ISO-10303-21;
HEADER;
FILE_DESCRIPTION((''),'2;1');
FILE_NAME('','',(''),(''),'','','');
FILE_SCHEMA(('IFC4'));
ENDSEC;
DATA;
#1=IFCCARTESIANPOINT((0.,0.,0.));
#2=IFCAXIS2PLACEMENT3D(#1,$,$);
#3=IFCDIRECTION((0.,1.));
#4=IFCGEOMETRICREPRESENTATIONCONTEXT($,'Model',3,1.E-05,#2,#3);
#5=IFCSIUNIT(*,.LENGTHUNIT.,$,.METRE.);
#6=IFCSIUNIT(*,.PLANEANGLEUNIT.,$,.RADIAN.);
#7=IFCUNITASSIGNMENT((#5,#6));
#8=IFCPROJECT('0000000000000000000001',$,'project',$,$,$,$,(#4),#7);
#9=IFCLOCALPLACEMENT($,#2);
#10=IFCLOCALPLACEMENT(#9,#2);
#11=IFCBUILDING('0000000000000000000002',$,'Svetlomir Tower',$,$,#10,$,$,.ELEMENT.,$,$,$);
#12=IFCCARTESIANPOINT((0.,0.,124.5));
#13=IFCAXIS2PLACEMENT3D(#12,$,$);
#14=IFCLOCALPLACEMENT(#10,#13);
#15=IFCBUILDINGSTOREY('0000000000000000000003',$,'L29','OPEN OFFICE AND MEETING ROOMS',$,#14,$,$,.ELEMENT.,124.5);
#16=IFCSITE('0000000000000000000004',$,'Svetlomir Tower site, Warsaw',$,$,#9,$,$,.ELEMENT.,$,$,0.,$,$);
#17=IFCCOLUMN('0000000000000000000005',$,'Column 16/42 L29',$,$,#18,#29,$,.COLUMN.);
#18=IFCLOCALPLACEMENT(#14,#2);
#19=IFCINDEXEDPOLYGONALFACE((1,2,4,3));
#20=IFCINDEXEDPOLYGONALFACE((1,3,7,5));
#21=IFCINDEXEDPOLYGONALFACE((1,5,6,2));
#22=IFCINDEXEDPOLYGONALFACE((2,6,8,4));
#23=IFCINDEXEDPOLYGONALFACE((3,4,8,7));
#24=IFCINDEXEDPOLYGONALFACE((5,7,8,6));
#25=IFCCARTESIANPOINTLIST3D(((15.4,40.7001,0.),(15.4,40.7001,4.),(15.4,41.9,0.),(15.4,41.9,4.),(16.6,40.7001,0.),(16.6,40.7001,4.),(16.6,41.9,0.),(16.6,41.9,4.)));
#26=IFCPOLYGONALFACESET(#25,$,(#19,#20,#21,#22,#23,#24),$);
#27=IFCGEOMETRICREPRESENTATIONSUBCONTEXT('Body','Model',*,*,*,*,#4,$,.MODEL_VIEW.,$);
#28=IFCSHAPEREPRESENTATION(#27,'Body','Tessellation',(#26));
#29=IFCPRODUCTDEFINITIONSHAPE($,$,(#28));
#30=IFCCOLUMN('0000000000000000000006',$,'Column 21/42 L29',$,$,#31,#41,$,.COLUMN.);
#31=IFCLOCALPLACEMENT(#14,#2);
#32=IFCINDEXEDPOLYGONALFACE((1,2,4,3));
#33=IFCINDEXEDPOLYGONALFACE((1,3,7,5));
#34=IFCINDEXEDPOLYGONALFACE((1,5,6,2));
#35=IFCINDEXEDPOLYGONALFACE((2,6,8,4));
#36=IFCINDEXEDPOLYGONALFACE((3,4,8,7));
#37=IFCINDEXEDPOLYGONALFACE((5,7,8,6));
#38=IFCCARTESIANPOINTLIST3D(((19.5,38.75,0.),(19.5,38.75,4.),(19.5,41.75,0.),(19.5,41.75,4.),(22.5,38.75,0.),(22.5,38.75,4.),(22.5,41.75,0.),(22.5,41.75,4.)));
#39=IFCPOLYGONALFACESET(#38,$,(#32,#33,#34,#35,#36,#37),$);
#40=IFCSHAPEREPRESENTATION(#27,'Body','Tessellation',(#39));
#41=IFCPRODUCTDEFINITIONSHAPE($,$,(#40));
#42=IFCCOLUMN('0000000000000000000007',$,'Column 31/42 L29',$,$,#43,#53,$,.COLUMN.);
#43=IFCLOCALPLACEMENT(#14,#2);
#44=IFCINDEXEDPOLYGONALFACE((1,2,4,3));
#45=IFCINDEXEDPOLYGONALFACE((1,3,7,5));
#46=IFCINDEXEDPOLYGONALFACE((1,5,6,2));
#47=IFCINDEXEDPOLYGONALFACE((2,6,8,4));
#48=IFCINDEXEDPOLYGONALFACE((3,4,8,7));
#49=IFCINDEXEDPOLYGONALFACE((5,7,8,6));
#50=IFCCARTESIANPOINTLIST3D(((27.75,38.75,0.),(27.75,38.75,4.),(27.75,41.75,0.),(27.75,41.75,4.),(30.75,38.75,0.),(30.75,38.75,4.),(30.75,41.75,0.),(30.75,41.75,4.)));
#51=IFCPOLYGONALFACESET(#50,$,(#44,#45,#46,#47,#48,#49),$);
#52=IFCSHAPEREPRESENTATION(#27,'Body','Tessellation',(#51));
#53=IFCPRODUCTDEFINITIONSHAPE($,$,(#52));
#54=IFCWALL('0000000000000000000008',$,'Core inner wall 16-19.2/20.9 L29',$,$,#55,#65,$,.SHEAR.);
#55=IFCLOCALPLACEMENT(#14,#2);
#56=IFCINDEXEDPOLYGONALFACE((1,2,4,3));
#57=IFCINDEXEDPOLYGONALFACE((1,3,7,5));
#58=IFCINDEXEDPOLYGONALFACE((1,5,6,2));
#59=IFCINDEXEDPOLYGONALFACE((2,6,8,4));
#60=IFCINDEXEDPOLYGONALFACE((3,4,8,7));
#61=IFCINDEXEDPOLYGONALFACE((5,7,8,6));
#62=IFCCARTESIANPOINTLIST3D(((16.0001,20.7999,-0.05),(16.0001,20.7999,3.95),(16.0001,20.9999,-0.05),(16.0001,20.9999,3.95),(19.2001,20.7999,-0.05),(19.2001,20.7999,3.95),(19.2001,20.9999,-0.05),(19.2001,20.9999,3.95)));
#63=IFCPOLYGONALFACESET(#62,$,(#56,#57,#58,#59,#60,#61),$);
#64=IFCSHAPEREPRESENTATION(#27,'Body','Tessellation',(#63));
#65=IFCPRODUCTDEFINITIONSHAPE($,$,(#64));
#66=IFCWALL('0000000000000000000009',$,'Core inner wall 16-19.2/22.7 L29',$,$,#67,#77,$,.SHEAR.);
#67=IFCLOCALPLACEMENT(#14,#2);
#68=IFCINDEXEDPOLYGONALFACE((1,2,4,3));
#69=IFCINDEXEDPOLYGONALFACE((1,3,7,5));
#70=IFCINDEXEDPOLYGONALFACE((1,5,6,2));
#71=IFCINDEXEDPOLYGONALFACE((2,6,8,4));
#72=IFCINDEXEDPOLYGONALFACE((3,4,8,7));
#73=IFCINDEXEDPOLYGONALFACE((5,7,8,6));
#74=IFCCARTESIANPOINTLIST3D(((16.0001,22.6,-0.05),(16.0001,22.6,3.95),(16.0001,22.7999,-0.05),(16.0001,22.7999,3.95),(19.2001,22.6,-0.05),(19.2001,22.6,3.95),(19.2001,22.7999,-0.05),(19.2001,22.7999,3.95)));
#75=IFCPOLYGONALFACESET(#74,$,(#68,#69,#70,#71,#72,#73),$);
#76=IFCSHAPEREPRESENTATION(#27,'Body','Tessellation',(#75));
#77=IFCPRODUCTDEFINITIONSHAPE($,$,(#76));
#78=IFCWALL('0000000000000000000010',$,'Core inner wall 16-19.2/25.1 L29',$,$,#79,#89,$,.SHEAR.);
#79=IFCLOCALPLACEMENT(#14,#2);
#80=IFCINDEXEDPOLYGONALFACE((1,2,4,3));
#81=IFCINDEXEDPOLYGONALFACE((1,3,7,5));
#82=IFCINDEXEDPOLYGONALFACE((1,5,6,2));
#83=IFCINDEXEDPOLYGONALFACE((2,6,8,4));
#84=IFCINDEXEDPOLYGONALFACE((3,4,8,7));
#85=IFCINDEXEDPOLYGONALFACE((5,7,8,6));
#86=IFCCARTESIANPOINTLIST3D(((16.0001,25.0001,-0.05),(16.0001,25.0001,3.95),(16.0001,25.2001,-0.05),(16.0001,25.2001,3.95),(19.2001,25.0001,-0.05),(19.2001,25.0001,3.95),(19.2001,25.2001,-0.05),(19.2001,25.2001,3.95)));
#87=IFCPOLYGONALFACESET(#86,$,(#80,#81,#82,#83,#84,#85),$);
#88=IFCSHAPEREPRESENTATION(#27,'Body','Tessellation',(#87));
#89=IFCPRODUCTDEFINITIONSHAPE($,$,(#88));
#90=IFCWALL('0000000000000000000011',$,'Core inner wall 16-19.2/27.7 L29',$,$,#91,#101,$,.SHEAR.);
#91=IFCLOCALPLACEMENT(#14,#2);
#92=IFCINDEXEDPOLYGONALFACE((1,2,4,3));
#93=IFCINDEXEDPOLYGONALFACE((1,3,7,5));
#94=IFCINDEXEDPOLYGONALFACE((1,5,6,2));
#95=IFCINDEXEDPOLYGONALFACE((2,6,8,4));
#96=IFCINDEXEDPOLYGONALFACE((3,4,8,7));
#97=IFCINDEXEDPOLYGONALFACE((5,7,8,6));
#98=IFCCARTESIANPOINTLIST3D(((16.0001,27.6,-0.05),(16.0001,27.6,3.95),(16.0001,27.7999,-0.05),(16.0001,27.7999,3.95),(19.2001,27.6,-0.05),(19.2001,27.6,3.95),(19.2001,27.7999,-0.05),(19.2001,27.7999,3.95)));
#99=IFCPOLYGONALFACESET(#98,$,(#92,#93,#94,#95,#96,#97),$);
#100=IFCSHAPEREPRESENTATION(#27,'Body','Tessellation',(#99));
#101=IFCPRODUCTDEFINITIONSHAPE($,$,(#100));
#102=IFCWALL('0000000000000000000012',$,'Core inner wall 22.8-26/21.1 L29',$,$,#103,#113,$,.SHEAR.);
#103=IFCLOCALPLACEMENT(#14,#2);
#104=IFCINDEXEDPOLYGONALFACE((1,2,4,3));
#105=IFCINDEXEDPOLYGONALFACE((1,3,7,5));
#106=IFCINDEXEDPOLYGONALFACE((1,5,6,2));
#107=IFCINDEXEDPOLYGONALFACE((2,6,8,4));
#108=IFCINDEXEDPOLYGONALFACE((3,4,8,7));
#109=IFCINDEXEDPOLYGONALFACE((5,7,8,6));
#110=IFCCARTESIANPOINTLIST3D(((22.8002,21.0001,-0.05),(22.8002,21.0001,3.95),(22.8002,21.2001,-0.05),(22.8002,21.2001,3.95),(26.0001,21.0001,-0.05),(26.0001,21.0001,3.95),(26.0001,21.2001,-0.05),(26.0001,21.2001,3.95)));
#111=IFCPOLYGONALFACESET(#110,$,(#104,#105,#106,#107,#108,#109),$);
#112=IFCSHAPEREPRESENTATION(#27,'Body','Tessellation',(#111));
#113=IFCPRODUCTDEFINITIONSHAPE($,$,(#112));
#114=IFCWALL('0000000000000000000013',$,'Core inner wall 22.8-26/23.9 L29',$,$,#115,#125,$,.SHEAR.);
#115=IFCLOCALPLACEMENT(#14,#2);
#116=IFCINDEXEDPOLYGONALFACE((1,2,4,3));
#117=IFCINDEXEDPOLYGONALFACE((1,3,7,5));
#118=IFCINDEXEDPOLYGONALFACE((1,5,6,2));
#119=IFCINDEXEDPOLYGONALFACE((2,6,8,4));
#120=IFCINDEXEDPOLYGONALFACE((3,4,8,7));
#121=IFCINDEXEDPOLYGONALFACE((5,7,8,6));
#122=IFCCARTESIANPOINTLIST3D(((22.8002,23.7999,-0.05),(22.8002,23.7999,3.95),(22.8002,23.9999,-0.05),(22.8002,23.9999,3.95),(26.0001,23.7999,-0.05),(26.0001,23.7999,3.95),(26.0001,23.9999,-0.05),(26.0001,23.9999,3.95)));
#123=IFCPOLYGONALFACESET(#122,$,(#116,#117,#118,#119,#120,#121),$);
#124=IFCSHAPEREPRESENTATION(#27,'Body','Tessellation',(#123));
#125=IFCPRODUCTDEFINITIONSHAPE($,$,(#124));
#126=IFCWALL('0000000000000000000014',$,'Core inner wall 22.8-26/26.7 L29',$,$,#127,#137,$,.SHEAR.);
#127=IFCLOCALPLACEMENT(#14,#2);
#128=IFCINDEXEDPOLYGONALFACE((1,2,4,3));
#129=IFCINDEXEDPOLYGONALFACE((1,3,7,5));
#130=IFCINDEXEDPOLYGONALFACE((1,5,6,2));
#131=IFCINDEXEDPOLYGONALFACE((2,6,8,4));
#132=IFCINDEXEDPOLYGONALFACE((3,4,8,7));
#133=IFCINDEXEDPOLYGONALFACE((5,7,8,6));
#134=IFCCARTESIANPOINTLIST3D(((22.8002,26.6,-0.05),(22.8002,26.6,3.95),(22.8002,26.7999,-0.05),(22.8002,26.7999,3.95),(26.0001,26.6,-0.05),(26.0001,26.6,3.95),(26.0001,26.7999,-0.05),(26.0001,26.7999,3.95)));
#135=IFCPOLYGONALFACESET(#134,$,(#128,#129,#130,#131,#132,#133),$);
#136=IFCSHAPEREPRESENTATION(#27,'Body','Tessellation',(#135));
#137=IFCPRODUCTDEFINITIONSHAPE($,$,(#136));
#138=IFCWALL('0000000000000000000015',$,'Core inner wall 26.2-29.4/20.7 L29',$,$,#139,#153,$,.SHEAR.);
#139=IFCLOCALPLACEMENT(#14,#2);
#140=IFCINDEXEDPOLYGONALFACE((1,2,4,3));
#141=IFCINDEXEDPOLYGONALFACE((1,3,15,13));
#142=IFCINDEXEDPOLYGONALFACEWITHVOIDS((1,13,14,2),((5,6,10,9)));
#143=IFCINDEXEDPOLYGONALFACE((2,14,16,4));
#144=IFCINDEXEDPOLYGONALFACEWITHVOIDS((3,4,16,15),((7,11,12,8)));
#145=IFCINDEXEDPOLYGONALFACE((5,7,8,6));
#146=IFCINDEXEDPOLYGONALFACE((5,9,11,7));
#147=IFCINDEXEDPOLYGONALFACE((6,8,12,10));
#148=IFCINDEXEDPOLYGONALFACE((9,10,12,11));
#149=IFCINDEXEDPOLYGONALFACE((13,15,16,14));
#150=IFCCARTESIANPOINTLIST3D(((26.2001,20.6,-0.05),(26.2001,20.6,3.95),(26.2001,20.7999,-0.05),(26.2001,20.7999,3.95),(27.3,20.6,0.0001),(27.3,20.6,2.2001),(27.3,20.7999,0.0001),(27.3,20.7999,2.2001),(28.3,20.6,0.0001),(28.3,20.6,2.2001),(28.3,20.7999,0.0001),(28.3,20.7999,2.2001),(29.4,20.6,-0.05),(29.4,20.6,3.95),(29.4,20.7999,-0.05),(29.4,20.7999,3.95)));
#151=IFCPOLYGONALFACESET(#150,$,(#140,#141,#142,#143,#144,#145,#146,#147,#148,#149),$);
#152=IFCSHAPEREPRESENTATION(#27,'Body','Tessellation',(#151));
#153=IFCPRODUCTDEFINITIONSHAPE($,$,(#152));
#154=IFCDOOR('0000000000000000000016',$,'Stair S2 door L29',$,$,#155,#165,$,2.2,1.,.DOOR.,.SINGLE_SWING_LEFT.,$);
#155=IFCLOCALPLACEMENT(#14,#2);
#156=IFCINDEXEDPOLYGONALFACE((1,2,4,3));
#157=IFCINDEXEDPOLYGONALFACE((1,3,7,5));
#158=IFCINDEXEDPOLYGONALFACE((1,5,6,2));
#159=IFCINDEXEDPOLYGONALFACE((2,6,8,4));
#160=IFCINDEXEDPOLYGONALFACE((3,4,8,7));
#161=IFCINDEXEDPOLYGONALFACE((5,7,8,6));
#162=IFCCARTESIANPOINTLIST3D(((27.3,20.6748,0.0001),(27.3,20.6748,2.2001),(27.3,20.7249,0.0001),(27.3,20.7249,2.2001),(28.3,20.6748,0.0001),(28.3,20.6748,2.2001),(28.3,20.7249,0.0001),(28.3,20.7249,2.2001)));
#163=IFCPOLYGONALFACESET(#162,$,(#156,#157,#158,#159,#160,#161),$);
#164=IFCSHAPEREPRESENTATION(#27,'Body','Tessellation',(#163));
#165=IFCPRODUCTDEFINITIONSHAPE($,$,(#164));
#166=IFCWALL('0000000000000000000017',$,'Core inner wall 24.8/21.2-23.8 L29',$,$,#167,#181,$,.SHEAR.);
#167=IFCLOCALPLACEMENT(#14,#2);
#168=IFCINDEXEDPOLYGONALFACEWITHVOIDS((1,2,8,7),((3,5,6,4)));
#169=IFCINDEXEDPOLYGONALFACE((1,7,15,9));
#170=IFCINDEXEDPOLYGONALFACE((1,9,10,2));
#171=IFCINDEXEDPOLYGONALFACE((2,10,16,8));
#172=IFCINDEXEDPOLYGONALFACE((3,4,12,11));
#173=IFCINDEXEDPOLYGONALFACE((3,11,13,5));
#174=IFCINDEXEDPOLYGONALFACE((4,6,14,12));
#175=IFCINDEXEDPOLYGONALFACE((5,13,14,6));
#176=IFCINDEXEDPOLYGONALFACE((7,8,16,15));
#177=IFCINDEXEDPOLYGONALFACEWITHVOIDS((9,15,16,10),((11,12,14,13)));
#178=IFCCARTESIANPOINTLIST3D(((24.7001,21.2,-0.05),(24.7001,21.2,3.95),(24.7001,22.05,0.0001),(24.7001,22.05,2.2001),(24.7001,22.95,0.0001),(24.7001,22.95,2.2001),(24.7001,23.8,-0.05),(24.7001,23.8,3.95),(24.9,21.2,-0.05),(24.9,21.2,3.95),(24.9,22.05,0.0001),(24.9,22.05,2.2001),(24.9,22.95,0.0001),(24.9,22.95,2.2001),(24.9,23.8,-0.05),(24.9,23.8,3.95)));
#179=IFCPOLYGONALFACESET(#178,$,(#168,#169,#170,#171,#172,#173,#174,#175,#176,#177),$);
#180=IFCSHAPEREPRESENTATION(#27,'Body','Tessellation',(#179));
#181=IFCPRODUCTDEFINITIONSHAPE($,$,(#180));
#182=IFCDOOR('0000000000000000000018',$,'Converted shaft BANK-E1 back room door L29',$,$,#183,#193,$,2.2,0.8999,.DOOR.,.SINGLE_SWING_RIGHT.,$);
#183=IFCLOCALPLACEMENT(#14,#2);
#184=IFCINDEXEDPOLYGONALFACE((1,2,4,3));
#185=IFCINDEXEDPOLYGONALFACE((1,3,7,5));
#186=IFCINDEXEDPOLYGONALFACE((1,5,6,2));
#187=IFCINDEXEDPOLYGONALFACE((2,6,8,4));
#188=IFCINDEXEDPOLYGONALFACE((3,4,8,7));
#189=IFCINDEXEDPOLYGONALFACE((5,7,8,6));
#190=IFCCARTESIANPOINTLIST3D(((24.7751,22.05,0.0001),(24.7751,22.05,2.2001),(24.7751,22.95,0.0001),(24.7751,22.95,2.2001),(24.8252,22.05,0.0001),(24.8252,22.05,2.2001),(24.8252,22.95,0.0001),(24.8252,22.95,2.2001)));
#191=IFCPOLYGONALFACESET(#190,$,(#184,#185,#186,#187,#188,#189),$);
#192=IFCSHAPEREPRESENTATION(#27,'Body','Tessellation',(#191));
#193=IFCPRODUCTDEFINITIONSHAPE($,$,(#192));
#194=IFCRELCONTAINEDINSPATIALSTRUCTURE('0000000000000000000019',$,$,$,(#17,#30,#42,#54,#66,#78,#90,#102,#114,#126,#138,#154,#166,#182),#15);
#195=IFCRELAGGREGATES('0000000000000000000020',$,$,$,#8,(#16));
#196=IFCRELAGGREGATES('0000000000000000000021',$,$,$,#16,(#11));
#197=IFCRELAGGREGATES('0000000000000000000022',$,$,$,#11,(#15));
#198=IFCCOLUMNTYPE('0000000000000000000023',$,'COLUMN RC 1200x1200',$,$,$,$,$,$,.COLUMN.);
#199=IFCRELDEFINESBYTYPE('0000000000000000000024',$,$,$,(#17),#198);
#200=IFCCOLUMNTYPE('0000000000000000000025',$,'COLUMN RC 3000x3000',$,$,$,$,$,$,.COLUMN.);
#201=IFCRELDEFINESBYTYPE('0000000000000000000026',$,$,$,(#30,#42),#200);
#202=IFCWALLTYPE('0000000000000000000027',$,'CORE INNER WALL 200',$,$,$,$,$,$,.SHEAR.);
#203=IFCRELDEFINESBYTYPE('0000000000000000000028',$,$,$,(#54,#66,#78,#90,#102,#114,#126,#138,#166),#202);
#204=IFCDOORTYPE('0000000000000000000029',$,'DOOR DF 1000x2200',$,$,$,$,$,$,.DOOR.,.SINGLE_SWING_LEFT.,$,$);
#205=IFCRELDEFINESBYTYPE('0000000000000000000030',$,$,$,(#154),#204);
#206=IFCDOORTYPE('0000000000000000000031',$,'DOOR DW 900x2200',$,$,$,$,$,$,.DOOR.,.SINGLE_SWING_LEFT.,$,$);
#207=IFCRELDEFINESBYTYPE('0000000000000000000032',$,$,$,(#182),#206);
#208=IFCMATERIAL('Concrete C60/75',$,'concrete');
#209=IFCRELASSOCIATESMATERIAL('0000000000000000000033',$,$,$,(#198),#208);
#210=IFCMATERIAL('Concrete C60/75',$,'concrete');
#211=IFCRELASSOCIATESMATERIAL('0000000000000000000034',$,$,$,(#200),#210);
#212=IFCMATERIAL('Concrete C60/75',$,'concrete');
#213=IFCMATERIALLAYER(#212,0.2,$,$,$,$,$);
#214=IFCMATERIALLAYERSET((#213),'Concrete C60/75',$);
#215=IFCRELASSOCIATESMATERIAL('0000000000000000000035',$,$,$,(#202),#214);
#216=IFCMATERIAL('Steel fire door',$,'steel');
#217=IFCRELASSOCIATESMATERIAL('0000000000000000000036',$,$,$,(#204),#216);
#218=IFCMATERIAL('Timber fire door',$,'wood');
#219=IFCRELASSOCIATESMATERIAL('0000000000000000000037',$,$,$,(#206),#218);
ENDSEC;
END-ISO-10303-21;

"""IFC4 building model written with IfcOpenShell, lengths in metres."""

from ifc_helpers import new_model, si_unit, direction, frame, frame_2d, origin, origin_2d, place, context, subcontext, project, spatial, rectangle, extrude, material, layer, layer_set, material_profile, profile_set, type_object, element, fill, save


model = new_model("IFC4")

# Units and contexts
model_context = context("Model", 3, precision=1e-05, world=origin(), true_north=direction((0.0, 1.0)))
body_context = subcontext(model_context, "Body", "Model", "MODEL_VIEW")
ifc_project = project(units=[si_unit("LENGTHUNIT", "METRE"), si_unit("PLANEANGLEUNIT", "RADIAN")], contexts=[model_context])

# Site, building, storey
site_placement = place(None, origin())
site = spatial("IfcSite", under=ifc_project, at=site_placement, Name="Svetlomir Tower site, Warsaw", CompositionType="ELEMENT", RefElevation=0.0)
building_placement = place(site_placement, origin())
building = spatial("IfcBuilding", under=site, at=building_placement, Name="Svetlomir Tower", CompositionType="ELEMENT")
storey_placement = place(building_placement, frame((0.0, 0.0, 124.5)))
storey = spatial("IfcBuildingStorey", under=building, at=storey_placement, Name="L29", Description="OPEN OFFICE AND MEETING ROOMS", CompositionType="ELEMENT", Elevation=124.5)

# Columns
ifc_material_1 = material(Name="Concrete C60/75", Category="concrete")
ifc_material_profile_1 = material_profile(ifc_material_1, rectangle(XDim=1.2, YDim=1.2, at=origin_2d()), Name="RC 1200x1200")
ifc_profile_set_1 = profile_set([ifc_material_profile_1], Name="Concrete C60/75")
column_type_1 = type_object("IfcColumnType", Name="COLUMN RC 1200x1200", PredefinedType="COLUMN", material=ifc_profile_set_1)
column_placement = place(storey_placement, frame((16.0, 41.3, 0.0), z_axis=(0.0, 0.0, 1.0), x_axis=(1.0, 0.0, 0.0)))
element("IfcColumn", 1, at=column_placement, inside=storey, type_object=column_type_1, Name="Column 16/42 L29", PredefinedType="COLUMN", context=body_context, shape_type="SweptSolid", body=[
    extrude(rectangle(XDim=1.2, YDim=1.2, at=origin_2d()), origin(), (0.0, 0.0, 1.0), 4.0),
])
ifc_material_2 = material(Name="Concrete C60/75", Category="concrete")
ifc_material_profile_2 = material_profile(ifc_material_2, rectangle(XDim=3.0, YDim=3.0, at=origin_2d()), Name="RC 3000x3000")
ifc_profile_set_2 = profile_set([ifc_material_profile_2], Name="Concrete C60/75")
column_type_2 = type_object("IfcColumnType", Name="COLUMN RC 3000x3000", PredefinedType="COLUMN", material=ifc_profile_set_2)
for number, where, z_axis, x_axis, name in (
    (2, (21.0, 40.25, 0.0), (0.0, 0.0, 1.0), (1.0, 0.0, 0.0), "Column 21/42 L29"),
    (3, (29.25, 40.25, 0.0), (0.0, 0.0, 1.0), (1.0, 0.0, 0.0), "Column 31/42 L29"),
):
    element("IfcColumn", number, at=place(storey_placement, frame(where, z_axis=z_axis, x_axis=x_axis)), inside=storey, type_object=column_type_2, Name=name, PredefinedType="COLUMN", context=body_context, shape_type="SweptSolid", body=[
        extrude(rectangle(XDim=3.0, YDim=3.0, at=origin_2d()), origin(), (0.0, 0.0, 1.0), 4.0),
    ])

# Walls
ifc_material_3 = material(Name="Concrete C60/75", Category="concrete")
ifc_layer_1 = layer(ifc_material_3, 0.2)
ifc_layer_set_1 = layer_set([ifc_layer_1], Name="Concrete C60/75")
wall_type_1 = type_object("IfcWallType", Name="CORE INNER WALL 200", PredefinedType="SHEAR", material=ifc_layer_set_1)
for number, where, z_axis, x_axis, name in (
    (4, (16.0, 20.8999, -0.05), (0.0, 0.0, 1.0), (1.0, 0.0, 0.0), "Core inner wall 16-19.2/20.9 L29"),
    (5, (16.0, 22.7, -0.05), (0.0, 0.0, 1.0), (1.0, 0.0, 0.0), "Core inner wall 16-19.2/22.7 L29"),
    (6, (16.0, 25.1001, -0.05), (0.0, 0.0, 1.0), (1.0, 0.0, 0.0), "Core inner wall 16-19.2/25.1 L29"),
    (7, (16.0, 27.7, -0.05), (0.0, 0.0, 1.0), (1.0, 0.0, 0.0), "Core inner wall 16-19.2/27.7 L29"),
    (8, (22.8, 21.1001, -0.05), (0.0, 0.0, 1.0), (1.0, 0.0, 0.0), "Core inner wall 22.8-26/21.1 L29"),
    (9, (22.8, 23.8999, -0.05), (0.0, 0.0, 1.0), (1.0, 0.0, 0.0), "Core inner wall 22.8-26/23.9 L29"),
    (10, (22.8, 26.7, -0.05), (0.0, 0.0, 1.0), (1.0, 0.0, 0.0), "Core inner wall 22.8-26/26.7 L29"),
):
    element("IfcWall", number, at=place(storey_placement, frame(where, z_axis=z_axis, x_axis=x_axis)), inside=storey, type_object=wall_type_1, Name=name, PredefinedType="SHEAR", context=body_context, shape_type="SweptSolid", body=[
        extrude(rectangle(XDim=3.2, YDim=0.2, at=frame_2d((1.6001, 0.0))), origin(), (0.0, 0.0, 1.0), 4.0),
    ])

# Walls, openings, doors
wall_1_placement = place(storey_placement, frame((26.2, 20.7, -0.05), z_axis=(0.0, 0.0, 1.0), x_axis=(1.0, 0.0, 0.0)))
wall_1 = element("IfcWall", 11, at=wall_1_placement, inside=storey, type_object=wall_type_1, Name="Core inner wall 26.2-29.4/20.7 L29", PredefinedType="SHEAR", context=body_context, shape_type="SweptSolid", body=[
    extrude(rectangle(XDim=3.2, YDim=0.2, at=frame_2d((1.6001, 0.0))), origin(), (0.0, 0.0, 1.0), 4.0),
])
opening_1_placement = place(wall_1_placement, frame((1.1001, 0.0, 0.05)))
opening_1 = element("IfcOpeningElement", 12, at=opening_1_placement, cuts=wall_1, PredefinedType="OPENING", context=body_context, shape_type="SweptSolid", body=[
    extrude(rectangle(XDim=1.0, YDim=2.2, at=frame_2d((0.5, 1.1001))), frame((0.0, 0.1099, 0.0), z_axis=(0.0, -1.0, 0.0), x_axis=(1.0, 0.0, 0.0)), (0.0, 0.0, 1.0), 0.22),
])
ifc_material_4 = material(Name="Steel fire door", Category="steel")
door_type_1 = type_object("IfcDoorType", Name="DOOR DF 1000x2200", OperationType="SINGLE_SWING_LEFT", PredefinedType="DOOR", material=ifc_material_4)
door_1_placement = place(opening_1_placement, origin())
door_1 = element("IfcDoor", 13, at=door_1_placement, inside=storey, type_object=door_type_1, Name="Stair S2 door L29", OperationType="SINGLE_SWING_LEFT", OverallHeight=2.2, OverallWidth=1.0, PredefinedType="DOOR", context=body_context, shape_type="SweptSolid", body=[
    extrude(rectangle(XDim=1.0, YDim=2.2, at=frame_2d((0.5, 1.1001))), frame((0.0, 0.0249, 0.0), z_axis=(0.0, -1.0, 0.0), x_axis=(1.0, 0.0, 0.0)), (0.0, 0.0, 1.0), 0.05),
])
fill(opening_1, door_1)
wall_2_placement = place(storey_placement, frame((24.8, 21.2, -0.05), z_axis=(0.0, 0.0, 1.0), x_axis=(0.0, 1.0, 0.0)))
wall_2 = element("IfcWall", 14, at=wall_2_placement, inside=storey, type_object=wall_type_1, Name="Core inner wall 24.8/21.2-23.8 L29", PredefinedType="SHEAR", context=body_context, shape_type="SweptSolid", body=[
    extrude(rectangle(XDim=2.6001, YDim=0.2, at=frame_2d((1.3, 0.0))), origin(), (0.0, 0.0, 1.0), 4.0),
])
opening_2_placement = place(wall_2_placement, frame((0.8501, 0.0, 0.05)))
opening_2 = element("IfcOpeningElement", 15, at=opening_2_placement, cuts=wall_2, PredefinedType="OPENING", context=body_context, shape_type="SweptSolid", body=[
    extrude(rectangle(XDim=0.8999, YDim=2.2, at=frame_2d((0.45, 1.1001))), frame((0.0, 0.1099, 0.0), z_axis=(0.0, -1.0, 0.0), x_axis=(1.0, 0.0, 0.0)), (0.0, 0.0, 1.0), 0.22),
])
ifc_material_5 = material(Name="Timber fire door", Category="wood")
door_type_2 = type_object("IfcDoorType", Name="DOOR DW 900x2200", OperationType="SINGLE_SWING_LEFT", PredefinedType="DOOR", material=ifc_material_5)
door_2_placement = place(opening_2_placement, origin())
door_2 = element("IfcDoor", 16, at=door_2_placement, inside=storey, type_object=door_type_2, Name="Converted shaft BANK-E1 back room door L29", OperationType="SINGLE_SWING_RIGHT", OverallHeight=2.2, OverallWidth=0.8999, PredefinedType="DOOR", context=body_context, shape_type="SweptSolid", body=[
    extrude(rectangle(XDim=0.8999, YDim=2.2, at=frame_2d((0.45, 1.1001))), frame((0.0, 0.0249, 0.0), z_axis=(0.0, -1.0, 0.0), x_axis=(1.0, 0.0, 0.0)), (0.0, 0.0, 1.0), 0.05),
])
fill(opening_2, door_2)

save(model, "model.ifc")
